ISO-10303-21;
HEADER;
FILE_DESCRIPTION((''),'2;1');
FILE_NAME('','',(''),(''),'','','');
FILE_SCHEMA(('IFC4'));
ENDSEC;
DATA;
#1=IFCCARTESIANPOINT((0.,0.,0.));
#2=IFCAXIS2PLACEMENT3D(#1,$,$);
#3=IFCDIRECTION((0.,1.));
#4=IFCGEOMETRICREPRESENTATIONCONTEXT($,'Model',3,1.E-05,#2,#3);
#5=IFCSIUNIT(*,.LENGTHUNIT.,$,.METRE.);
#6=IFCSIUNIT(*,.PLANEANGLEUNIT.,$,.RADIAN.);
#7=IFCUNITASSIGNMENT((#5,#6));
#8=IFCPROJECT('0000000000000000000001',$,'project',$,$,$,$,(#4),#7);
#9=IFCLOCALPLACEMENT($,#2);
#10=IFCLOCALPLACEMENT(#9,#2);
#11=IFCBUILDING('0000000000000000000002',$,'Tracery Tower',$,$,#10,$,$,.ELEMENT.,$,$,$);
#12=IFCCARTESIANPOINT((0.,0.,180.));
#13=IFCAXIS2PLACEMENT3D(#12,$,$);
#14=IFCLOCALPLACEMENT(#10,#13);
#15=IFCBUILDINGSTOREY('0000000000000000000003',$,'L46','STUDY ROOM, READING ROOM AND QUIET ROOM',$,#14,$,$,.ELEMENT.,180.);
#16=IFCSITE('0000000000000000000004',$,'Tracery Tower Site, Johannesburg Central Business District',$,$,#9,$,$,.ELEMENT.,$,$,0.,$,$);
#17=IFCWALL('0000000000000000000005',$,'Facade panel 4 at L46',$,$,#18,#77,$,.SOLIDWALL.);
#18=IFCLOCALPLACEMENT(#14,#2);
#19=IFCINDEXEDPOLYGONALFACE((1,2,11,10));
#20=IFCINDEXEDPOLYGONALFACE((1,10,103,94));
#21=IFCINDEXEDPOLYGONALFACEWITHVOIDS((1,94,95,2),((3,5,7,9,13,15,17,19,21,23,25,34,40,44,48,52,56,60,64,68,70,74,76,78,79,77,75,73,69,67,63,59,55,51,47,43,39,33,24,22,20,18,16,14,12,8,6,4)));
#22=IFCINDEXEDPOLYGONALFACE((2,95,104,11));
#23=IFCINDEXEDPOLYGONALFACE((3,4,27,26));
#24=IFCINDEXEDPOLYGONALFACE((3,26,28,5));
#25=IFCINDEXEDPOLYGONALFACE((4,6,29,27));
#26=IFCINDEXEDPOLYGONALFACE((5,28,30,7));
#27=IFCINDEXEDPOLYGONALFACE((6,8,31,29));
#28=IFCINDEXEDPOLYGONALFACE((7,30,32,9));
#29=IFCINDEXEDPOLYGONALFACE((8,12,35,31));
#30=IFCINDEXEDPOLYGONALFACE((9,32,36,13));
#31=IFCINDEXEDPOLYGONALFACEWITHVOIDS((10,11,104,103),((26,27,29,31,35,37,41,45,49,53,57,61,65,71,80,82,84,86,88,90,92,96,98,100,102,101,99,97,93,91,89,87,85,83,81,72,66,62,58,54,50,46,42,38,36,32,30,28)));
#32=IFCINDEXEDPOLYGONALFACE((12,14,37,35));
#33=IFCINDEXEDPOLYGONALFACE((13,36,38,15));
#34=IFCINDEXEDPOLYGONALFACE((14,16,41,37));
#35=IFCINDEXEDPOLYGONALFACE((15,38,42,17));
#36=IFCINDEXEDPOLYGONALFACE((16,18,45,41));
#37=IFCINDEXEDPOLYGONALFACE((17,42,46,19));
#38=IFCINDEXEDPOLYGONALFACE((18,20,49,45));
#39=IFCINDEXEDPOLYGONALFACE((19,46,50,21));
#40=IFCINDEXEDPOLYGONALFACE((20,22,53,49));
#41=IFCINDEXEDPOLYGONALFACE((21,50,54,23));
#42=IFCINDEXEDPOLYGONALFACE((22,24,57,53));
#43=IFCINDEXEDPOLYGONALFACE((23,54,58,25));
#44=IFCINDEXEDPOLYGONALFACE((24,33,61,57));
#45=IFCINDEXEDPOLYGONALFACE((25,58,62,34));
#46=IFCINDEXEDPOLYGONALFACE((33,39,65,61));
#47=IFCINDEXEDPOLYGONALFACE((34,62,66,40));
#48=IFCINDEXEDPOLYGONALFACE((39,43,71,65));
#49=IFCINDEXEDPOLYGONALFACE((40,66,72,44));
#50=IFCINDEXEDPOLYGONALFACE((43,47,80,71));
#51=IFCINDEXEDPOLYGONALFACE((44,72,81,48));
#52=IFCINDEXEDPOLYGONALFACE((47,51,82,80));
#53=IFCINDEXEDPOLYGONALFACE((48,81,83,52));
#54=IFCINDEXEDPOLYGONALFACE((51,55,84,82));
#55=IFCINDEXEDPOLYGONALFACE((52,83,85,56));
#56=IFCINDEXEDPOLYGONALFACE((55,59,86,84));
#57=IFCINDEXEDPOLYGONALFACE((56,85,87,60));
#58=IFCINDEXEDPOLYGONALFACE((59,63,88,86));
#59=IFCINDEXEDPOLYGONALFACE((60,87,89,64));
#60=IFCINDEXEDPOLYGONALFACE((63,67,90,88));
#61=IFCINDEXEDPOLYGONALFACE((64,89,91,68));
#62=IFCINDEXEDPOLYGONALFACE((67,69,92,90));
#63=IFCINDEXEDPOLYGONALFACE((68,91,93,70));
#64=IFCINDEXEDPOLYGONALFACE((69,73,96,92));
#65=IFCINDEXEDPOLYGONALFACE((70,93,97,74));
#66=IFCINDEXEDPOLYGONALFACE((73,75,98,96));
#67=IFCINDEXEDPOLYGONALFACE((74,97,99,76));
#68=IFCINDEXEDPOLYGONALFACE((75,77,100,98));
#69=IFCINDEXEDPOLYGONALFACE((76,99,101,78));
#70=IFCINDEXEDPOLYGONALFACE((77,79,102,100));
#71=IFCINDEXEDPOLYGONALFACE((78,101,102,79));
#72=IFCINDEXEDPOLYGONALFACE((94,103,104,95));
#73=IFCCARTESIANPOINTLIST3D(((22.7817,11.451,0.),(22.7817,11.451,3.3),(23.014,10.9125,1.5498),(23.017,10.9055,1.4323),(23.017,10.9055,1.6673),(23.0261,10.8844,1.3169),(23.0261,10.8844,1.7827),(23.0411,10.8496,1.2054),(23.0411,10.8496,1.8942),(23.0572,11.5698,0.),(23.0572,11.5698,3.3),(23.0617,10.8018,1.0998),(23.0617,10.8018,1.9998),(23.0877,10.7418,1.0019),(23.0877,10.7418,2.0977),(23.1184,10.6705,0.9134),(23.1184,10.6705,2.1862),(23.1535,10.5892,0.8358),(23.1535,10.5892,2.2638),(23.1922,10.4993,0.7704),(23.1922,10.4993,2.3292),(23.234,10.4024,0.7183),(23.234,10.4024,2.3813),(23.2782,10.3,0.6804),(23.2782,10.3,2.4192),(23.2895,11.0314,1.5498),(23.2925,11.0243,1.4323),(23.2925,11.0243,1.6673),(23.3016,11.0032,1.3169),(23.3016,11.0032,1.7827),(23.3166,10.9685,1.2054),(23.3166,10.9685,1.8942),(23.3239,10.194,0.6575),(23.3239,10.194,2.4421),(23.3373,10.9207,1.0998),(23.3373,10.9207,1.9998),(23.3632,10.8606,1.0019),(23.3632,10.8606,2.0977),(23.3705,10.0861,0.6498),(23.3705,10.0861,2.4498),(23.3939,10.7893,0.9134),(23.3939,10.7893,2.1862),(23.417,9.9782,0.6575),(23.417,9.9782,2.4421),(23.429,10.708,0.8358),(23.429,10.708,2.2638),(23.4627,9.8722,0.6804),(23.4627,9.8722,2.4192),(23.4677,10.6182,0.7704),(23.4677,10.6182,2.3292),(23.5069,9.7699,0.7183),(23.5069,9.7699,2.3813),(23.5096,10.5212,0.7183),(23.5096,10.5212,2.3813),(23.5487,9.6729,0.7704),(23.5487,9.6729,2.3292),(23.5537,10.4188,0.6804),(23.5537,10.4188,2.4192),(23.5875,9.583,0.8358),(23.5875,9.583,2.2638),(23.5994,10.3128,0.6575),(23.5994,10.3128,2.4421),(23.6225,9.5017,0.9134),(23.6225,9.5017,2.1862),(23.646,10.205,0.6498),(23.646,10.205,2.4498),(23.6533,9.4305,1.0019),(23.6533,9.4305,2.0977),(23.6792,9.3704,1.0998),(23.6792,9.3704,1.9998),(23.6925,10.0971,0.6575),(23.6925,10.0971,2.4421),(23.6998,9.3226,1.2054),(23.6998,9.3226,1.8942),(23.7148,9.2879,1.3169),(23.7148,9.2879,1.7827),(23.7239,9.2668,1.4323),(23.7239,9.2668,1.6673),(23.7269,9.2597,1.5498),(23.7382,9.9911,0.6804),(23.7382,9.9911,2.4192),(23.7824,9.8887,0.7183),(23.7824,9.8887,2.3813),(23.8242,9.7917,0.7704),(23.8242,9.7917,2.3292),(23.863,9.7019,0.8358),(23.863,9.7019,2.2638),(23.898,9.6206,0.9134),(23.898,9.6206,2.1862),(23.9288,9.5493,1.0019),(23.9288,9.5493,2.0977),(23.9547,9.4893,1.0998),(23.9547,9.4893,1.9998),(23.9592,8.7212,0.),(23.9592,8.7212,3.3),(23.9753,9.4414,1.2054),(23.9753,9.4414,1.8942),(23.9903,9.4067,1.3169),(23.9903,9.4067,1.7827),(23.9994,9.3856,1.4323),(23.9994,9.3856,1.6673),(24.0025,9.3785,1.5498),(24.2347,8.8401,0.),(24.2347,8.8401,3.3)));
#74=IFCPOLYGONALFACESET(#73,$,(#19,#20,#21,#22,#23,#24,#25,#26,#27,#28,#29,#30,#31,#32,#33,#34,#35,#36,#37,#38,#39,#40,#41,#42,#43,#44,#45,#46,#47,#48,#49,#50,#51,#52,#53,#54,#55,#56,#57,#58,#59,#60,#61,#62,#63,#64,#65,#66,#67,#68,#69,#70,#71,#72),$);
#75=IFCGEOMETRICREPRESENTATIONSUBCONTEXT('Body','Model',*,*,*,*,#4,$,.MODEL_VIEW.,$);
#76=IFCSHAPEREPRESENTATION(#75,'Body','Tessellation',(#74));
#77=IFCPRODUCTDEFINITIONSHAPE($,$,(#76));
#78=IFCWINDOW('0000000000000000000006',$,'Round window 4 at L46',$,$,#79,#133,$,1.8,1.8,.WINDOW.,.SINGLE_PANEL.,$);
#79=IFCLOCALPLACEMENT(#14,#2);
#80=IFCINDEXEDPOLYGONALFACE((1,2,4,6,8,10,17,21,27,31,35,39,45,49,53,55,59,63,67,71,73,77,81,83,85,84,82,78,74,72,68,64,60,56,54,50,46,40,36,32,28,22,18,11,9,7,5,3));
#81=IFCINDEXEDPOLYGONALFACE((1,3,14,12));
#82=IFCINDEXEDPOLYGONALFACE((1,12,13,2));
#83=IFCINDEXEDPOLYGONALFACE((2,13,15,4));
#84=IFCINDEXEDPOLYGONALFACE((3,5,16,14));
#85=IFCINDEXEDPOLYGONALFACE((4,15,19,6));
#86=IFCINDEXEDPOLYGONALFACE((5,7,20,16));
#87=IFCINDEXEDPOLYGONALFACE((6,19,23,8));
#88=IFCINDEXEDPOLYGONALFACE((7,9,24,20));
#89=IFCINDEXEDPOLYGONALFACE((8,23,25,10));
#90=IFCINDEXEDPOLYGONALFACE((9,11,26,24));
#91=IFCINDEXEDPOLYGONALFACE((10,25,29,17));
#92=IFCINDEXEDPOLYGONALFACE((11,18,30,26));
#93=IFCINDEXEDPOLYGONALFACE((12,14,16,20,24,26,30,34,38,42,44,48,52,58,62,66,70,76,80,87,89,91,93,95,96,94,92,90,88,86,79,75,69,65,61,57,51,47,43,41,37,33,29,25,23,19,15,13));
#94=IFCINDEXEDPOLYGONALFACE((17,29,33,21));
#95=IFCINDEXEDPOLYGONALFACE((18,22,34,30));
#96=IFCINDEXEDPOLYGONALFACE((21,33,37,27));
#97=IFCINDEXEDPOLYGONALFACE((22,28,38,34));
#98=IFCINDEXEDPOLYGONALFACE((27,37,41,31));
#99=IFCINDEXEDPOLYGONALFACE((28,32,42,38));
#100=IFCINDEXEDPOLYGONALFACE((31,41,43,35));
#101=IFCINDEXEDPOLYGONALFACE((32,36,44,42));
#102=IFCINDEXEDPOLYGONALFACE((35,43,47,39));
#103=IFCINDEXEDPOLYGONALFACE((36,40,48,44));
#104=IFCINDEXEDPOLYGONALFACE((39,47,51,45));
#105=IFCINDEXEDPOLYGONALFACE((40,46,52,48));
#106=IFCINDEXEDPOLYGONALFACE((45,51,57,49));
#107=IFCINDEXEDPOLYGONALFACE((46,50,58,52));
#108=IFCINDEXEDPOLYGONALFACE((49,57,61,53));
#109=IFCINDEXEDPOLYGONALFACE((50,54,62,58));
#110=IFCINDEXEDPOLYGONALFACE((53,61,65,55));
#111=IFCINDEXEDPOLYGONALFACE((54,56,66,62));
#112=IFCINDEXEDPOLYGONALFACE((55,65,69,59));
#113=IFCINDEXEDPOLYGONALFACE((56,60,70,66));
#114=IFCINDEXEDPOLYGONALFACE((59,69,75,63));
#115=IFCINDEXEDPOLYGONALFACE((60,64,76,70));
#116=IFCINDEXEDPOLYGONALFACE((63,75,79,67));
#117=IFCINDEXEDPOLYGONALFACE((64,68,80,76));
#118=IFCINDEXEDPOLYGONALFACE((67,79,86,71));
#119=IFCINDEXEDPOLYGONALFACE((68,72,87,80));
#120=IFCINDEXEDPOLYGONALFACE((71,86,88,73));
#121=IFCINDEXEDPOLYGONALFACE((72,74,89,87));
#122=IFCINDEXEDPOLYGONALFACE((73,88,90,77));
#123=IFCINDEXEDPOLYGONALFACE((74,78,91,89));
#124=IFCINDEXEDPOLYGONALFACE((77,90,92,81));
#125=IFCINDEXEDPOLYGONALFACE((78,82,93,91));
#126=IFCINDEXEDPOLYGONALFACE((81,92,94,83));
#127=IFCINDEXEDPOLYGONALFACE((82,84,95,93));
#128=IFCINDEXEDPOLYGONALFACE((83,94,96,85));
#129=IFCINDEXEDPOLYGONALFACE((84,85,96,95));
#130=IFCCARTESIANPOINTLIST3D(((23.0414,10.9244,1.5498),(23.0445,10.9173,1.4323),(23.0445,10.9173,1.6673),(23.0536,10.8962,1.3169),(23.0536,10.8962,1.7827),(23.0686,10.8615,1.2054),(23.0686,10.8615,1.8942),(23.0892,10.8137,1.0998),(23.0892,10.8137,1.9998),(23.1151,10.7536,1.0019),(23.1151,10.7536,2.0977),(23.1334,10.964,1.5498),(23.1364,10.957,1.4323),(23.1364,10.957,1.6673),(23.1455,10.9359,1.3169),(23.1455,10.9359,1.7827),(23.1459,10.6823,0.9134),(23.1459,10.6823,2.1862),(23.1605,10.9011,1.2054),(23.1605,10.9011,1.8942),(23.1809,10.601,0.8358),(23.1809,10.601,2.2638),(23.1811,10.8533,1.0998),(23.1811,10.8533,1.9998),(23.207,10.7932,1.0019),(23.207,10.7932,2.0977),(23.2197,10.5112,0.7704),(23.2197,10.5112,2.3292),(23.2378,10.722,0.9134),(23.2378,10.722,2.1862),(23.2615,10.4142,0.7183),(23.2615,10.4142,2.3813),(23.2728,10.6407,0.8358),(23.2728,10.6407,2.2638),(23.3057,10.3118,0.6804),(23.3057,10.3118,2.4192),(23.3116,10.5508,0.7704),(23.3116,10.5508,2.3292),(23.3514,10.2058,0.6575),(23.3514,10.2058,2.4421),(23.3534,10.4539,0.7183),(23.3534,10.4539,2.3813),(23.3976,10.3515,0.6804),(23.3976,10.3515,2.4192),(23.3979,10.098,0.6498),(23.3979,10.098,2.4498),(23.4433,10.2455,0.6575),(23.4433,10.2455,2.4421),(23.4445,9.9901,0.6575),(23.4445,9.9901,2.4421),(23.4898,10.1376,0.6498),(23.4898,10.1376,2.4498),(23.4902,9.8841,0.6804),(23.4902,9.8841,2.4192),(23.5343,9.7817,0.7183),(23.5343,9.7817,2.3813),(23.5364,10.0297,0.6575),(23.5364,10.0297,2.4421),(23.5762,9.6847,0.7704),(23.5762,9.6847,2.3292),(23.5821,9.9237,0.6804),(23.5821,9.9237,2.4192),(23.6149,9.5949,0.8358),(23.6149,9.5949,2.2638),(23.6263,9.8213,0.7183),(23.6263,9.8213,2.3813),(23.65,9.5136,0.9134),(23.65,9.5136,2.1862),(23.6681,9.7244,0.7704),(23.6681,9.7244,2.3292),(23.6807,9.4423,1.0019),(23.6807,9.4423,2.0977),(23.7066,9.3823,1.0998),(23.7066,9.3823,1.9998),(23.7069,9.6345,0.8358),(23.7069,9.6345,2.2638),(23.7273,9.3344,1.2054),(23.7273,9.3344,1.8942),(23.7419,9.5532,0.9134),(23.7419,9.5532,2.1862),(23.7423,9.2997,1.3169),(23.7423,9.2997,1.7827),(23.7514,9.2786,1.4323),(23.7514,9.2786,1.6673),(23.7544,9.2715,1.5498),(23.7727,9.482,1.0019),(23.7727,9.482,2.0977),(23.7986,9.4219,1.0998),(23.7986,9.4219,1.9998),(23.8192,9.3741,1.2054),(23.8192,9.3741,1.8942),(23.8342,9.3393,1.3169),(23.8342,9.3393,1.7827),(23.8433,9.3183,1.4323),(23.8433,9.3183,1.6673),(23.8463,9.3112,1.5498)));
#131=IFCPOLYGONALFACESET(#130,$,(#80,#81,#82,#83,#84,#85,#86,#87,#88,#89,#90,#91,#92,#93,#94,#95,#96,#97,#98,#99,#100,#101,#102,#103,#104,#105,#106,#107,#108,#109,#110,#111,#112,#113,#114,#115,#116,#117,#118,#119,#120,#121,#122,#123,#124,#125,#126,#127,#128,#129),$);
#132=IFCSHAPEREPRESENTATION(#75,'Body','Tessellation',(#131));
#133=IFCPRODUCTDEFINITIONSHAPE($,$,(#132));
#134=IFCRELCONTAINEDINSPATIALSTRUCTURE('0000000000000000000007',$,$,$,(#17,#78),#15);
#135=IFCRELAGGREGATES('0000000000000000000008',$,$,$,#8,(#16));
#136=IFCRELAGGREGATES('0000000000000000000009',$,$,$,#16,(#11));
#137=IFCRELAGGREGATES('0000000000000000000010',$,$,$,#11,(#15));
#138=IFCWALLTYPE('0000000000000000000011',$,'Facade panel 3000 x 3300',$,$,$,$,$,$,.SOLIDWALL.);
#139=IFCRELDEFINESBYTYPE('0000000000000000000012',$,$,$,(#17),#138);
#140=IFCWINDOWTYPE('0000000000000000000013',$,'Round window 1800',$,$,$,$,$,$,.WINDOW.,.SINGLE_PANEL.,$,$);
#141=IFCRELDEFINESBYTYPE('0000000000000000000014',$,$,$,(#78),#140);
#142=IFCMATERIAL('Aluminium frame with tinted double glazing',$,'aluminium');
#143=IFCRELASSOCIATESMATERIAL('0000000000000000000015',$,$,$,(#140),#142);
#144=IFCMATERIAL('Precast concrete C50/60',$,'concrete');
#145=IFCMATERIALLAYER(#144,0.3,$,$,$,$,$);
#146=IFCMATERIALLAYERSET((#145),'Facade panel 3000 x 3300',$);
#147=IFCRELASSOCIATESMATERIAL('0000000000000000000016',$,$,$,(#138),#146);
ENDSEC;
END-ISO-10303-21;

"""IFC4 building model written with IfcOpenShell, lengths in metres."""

from ifc_helpers import new_model, si_unit, direction, frame, frame_2d, origin, origin_2d, place, context, subcontext, project, spatial, rectangle, circle, extrude, material, layer, layer_set, type_object, element, fill, save


model = new_model("IFC4")

# Units and contexts
model_context = context("Model", 3, precision=1e-05, world=origin(), true_north=direction((0.0, 1.0)))
body_context = subcontext(model_context, "Body", "Model", "MODEL_VIEW")
ifc_project = project(units=[si_unit("LENGTHUNIT", "METRE"), si_unit("PLANEANGLEUNIT", "RADIAN")], contexts=[model_context])

# Site, building, storey
site_placement = place(None, origin())
site = spatial("IfcSite", under=ifc_project, at=site_placement, Name="Tracery Tower Site, Johannesburg Central Business District", CompositionType="ELEMENT", RefElevation=0.0)
building_placement = place(site_placement, origin())
building = spatial("IfcBuilding", under=site, at=building_placement, Name="Tracery Tower", CompositionType="ELEMENT")
storey_placement = place(building_placement, frame((0.0, 0.0, 180.0)))
storey = spatial("IfcBuildingStorey", under=building, at=storey_placement, Name="L46", Description="STUDY ROOM, READING ROOM AND QUIET ROOM", CompositionType="ELEMENT", Elevation=180.0)

# Wall, opening, window
ifc_material_1 = material(Name="Aluminium frame with tinted double glazing", Category="aluminium")
window_type = type_object("IfcWindowType", Name="Round window 1800", PartitioningType="SINGLE_PANEL", PredefinedType="WINDOW", material=ifc_material_1)
ifc_material_2 = material(Name="Precast concrete C50/60", Category="concrete")
ifc_layer_1 = layer(ifc_material_2, 0.3)
ifc_layer_set_1 = layer_set([ifc_layer_1], Name="Facade panel 3000 x 3300")
wall_type_1 = type_object("IfcWallType", Name="Facade panel 3000 x 3300", PredefinedType="SOLIDWALL", material=ifc_layer_set_1)
wall_1_placement = place(storey_placement, frame((24.0969, 8.7808, 0.0), z_axis=(0.0, 0.0, 1.0), x_axis=(-0.396079, 0.918216, 0.0)))
wall_1 = element("IfcWall", 1, at=wall_1_placement, inside=storey, type_object=wall_type_1, Name="Facade panel 4 at L46", PredefinedType="SOLIDWALL", context=body_context, shape_type="SweptSolid", body=[
    extrude(rectangle(XDim=2.9729, YDim=0.3, at=frame_2d((1.4863, 0.0))), origin(), (0.0, 0.0, 1.0), 3.3),
])
opening_1_placement = place(wall_1_placement, frame((1.4863, 0.0, 1.5498)))
opening_1 = element("IfcOpeningElement", 2, at=opening_1_placement, cuts=wall_1, PredefinedType="OPENING", context=body_context, shape_type="SweptSolid", body=[
    extrude(circle(Radius=0.9, at=origin_2d()), frame((0.0, 0.1599, 0.0), z_axis=(0.0, -1.0, 0.0), x_axis=(1.0, 0.0, 0.0)), (0.0, 0.0, 1.0), 0.3201),
])
window_1_placement = place(opening_1_placement, origin())
window_1 = element("IfcWindow", 3, at=window_1_placement, inside=storey, type_object=window_type, Name="Round window 4 at L46", OverallHeight=1.8, OverallWidth=1.8, PartitioningType="SINGLE_PANEL", PredefinedType="WINDOW", context=body_context, shape_type="SweptSolid", body=[
    extrude(circle(Radius=0.9, at=origin_2d()), frame((0.0, 0.1201, 0.0), z_axis=(0.0, -1.0, 0.0), x_axis=(1.0, 0.0, 0.0)), (0.0, 0.0, 1.0), 0.1001),
])
fill(opening_1, window_1)

save(model, "model.ifc")
